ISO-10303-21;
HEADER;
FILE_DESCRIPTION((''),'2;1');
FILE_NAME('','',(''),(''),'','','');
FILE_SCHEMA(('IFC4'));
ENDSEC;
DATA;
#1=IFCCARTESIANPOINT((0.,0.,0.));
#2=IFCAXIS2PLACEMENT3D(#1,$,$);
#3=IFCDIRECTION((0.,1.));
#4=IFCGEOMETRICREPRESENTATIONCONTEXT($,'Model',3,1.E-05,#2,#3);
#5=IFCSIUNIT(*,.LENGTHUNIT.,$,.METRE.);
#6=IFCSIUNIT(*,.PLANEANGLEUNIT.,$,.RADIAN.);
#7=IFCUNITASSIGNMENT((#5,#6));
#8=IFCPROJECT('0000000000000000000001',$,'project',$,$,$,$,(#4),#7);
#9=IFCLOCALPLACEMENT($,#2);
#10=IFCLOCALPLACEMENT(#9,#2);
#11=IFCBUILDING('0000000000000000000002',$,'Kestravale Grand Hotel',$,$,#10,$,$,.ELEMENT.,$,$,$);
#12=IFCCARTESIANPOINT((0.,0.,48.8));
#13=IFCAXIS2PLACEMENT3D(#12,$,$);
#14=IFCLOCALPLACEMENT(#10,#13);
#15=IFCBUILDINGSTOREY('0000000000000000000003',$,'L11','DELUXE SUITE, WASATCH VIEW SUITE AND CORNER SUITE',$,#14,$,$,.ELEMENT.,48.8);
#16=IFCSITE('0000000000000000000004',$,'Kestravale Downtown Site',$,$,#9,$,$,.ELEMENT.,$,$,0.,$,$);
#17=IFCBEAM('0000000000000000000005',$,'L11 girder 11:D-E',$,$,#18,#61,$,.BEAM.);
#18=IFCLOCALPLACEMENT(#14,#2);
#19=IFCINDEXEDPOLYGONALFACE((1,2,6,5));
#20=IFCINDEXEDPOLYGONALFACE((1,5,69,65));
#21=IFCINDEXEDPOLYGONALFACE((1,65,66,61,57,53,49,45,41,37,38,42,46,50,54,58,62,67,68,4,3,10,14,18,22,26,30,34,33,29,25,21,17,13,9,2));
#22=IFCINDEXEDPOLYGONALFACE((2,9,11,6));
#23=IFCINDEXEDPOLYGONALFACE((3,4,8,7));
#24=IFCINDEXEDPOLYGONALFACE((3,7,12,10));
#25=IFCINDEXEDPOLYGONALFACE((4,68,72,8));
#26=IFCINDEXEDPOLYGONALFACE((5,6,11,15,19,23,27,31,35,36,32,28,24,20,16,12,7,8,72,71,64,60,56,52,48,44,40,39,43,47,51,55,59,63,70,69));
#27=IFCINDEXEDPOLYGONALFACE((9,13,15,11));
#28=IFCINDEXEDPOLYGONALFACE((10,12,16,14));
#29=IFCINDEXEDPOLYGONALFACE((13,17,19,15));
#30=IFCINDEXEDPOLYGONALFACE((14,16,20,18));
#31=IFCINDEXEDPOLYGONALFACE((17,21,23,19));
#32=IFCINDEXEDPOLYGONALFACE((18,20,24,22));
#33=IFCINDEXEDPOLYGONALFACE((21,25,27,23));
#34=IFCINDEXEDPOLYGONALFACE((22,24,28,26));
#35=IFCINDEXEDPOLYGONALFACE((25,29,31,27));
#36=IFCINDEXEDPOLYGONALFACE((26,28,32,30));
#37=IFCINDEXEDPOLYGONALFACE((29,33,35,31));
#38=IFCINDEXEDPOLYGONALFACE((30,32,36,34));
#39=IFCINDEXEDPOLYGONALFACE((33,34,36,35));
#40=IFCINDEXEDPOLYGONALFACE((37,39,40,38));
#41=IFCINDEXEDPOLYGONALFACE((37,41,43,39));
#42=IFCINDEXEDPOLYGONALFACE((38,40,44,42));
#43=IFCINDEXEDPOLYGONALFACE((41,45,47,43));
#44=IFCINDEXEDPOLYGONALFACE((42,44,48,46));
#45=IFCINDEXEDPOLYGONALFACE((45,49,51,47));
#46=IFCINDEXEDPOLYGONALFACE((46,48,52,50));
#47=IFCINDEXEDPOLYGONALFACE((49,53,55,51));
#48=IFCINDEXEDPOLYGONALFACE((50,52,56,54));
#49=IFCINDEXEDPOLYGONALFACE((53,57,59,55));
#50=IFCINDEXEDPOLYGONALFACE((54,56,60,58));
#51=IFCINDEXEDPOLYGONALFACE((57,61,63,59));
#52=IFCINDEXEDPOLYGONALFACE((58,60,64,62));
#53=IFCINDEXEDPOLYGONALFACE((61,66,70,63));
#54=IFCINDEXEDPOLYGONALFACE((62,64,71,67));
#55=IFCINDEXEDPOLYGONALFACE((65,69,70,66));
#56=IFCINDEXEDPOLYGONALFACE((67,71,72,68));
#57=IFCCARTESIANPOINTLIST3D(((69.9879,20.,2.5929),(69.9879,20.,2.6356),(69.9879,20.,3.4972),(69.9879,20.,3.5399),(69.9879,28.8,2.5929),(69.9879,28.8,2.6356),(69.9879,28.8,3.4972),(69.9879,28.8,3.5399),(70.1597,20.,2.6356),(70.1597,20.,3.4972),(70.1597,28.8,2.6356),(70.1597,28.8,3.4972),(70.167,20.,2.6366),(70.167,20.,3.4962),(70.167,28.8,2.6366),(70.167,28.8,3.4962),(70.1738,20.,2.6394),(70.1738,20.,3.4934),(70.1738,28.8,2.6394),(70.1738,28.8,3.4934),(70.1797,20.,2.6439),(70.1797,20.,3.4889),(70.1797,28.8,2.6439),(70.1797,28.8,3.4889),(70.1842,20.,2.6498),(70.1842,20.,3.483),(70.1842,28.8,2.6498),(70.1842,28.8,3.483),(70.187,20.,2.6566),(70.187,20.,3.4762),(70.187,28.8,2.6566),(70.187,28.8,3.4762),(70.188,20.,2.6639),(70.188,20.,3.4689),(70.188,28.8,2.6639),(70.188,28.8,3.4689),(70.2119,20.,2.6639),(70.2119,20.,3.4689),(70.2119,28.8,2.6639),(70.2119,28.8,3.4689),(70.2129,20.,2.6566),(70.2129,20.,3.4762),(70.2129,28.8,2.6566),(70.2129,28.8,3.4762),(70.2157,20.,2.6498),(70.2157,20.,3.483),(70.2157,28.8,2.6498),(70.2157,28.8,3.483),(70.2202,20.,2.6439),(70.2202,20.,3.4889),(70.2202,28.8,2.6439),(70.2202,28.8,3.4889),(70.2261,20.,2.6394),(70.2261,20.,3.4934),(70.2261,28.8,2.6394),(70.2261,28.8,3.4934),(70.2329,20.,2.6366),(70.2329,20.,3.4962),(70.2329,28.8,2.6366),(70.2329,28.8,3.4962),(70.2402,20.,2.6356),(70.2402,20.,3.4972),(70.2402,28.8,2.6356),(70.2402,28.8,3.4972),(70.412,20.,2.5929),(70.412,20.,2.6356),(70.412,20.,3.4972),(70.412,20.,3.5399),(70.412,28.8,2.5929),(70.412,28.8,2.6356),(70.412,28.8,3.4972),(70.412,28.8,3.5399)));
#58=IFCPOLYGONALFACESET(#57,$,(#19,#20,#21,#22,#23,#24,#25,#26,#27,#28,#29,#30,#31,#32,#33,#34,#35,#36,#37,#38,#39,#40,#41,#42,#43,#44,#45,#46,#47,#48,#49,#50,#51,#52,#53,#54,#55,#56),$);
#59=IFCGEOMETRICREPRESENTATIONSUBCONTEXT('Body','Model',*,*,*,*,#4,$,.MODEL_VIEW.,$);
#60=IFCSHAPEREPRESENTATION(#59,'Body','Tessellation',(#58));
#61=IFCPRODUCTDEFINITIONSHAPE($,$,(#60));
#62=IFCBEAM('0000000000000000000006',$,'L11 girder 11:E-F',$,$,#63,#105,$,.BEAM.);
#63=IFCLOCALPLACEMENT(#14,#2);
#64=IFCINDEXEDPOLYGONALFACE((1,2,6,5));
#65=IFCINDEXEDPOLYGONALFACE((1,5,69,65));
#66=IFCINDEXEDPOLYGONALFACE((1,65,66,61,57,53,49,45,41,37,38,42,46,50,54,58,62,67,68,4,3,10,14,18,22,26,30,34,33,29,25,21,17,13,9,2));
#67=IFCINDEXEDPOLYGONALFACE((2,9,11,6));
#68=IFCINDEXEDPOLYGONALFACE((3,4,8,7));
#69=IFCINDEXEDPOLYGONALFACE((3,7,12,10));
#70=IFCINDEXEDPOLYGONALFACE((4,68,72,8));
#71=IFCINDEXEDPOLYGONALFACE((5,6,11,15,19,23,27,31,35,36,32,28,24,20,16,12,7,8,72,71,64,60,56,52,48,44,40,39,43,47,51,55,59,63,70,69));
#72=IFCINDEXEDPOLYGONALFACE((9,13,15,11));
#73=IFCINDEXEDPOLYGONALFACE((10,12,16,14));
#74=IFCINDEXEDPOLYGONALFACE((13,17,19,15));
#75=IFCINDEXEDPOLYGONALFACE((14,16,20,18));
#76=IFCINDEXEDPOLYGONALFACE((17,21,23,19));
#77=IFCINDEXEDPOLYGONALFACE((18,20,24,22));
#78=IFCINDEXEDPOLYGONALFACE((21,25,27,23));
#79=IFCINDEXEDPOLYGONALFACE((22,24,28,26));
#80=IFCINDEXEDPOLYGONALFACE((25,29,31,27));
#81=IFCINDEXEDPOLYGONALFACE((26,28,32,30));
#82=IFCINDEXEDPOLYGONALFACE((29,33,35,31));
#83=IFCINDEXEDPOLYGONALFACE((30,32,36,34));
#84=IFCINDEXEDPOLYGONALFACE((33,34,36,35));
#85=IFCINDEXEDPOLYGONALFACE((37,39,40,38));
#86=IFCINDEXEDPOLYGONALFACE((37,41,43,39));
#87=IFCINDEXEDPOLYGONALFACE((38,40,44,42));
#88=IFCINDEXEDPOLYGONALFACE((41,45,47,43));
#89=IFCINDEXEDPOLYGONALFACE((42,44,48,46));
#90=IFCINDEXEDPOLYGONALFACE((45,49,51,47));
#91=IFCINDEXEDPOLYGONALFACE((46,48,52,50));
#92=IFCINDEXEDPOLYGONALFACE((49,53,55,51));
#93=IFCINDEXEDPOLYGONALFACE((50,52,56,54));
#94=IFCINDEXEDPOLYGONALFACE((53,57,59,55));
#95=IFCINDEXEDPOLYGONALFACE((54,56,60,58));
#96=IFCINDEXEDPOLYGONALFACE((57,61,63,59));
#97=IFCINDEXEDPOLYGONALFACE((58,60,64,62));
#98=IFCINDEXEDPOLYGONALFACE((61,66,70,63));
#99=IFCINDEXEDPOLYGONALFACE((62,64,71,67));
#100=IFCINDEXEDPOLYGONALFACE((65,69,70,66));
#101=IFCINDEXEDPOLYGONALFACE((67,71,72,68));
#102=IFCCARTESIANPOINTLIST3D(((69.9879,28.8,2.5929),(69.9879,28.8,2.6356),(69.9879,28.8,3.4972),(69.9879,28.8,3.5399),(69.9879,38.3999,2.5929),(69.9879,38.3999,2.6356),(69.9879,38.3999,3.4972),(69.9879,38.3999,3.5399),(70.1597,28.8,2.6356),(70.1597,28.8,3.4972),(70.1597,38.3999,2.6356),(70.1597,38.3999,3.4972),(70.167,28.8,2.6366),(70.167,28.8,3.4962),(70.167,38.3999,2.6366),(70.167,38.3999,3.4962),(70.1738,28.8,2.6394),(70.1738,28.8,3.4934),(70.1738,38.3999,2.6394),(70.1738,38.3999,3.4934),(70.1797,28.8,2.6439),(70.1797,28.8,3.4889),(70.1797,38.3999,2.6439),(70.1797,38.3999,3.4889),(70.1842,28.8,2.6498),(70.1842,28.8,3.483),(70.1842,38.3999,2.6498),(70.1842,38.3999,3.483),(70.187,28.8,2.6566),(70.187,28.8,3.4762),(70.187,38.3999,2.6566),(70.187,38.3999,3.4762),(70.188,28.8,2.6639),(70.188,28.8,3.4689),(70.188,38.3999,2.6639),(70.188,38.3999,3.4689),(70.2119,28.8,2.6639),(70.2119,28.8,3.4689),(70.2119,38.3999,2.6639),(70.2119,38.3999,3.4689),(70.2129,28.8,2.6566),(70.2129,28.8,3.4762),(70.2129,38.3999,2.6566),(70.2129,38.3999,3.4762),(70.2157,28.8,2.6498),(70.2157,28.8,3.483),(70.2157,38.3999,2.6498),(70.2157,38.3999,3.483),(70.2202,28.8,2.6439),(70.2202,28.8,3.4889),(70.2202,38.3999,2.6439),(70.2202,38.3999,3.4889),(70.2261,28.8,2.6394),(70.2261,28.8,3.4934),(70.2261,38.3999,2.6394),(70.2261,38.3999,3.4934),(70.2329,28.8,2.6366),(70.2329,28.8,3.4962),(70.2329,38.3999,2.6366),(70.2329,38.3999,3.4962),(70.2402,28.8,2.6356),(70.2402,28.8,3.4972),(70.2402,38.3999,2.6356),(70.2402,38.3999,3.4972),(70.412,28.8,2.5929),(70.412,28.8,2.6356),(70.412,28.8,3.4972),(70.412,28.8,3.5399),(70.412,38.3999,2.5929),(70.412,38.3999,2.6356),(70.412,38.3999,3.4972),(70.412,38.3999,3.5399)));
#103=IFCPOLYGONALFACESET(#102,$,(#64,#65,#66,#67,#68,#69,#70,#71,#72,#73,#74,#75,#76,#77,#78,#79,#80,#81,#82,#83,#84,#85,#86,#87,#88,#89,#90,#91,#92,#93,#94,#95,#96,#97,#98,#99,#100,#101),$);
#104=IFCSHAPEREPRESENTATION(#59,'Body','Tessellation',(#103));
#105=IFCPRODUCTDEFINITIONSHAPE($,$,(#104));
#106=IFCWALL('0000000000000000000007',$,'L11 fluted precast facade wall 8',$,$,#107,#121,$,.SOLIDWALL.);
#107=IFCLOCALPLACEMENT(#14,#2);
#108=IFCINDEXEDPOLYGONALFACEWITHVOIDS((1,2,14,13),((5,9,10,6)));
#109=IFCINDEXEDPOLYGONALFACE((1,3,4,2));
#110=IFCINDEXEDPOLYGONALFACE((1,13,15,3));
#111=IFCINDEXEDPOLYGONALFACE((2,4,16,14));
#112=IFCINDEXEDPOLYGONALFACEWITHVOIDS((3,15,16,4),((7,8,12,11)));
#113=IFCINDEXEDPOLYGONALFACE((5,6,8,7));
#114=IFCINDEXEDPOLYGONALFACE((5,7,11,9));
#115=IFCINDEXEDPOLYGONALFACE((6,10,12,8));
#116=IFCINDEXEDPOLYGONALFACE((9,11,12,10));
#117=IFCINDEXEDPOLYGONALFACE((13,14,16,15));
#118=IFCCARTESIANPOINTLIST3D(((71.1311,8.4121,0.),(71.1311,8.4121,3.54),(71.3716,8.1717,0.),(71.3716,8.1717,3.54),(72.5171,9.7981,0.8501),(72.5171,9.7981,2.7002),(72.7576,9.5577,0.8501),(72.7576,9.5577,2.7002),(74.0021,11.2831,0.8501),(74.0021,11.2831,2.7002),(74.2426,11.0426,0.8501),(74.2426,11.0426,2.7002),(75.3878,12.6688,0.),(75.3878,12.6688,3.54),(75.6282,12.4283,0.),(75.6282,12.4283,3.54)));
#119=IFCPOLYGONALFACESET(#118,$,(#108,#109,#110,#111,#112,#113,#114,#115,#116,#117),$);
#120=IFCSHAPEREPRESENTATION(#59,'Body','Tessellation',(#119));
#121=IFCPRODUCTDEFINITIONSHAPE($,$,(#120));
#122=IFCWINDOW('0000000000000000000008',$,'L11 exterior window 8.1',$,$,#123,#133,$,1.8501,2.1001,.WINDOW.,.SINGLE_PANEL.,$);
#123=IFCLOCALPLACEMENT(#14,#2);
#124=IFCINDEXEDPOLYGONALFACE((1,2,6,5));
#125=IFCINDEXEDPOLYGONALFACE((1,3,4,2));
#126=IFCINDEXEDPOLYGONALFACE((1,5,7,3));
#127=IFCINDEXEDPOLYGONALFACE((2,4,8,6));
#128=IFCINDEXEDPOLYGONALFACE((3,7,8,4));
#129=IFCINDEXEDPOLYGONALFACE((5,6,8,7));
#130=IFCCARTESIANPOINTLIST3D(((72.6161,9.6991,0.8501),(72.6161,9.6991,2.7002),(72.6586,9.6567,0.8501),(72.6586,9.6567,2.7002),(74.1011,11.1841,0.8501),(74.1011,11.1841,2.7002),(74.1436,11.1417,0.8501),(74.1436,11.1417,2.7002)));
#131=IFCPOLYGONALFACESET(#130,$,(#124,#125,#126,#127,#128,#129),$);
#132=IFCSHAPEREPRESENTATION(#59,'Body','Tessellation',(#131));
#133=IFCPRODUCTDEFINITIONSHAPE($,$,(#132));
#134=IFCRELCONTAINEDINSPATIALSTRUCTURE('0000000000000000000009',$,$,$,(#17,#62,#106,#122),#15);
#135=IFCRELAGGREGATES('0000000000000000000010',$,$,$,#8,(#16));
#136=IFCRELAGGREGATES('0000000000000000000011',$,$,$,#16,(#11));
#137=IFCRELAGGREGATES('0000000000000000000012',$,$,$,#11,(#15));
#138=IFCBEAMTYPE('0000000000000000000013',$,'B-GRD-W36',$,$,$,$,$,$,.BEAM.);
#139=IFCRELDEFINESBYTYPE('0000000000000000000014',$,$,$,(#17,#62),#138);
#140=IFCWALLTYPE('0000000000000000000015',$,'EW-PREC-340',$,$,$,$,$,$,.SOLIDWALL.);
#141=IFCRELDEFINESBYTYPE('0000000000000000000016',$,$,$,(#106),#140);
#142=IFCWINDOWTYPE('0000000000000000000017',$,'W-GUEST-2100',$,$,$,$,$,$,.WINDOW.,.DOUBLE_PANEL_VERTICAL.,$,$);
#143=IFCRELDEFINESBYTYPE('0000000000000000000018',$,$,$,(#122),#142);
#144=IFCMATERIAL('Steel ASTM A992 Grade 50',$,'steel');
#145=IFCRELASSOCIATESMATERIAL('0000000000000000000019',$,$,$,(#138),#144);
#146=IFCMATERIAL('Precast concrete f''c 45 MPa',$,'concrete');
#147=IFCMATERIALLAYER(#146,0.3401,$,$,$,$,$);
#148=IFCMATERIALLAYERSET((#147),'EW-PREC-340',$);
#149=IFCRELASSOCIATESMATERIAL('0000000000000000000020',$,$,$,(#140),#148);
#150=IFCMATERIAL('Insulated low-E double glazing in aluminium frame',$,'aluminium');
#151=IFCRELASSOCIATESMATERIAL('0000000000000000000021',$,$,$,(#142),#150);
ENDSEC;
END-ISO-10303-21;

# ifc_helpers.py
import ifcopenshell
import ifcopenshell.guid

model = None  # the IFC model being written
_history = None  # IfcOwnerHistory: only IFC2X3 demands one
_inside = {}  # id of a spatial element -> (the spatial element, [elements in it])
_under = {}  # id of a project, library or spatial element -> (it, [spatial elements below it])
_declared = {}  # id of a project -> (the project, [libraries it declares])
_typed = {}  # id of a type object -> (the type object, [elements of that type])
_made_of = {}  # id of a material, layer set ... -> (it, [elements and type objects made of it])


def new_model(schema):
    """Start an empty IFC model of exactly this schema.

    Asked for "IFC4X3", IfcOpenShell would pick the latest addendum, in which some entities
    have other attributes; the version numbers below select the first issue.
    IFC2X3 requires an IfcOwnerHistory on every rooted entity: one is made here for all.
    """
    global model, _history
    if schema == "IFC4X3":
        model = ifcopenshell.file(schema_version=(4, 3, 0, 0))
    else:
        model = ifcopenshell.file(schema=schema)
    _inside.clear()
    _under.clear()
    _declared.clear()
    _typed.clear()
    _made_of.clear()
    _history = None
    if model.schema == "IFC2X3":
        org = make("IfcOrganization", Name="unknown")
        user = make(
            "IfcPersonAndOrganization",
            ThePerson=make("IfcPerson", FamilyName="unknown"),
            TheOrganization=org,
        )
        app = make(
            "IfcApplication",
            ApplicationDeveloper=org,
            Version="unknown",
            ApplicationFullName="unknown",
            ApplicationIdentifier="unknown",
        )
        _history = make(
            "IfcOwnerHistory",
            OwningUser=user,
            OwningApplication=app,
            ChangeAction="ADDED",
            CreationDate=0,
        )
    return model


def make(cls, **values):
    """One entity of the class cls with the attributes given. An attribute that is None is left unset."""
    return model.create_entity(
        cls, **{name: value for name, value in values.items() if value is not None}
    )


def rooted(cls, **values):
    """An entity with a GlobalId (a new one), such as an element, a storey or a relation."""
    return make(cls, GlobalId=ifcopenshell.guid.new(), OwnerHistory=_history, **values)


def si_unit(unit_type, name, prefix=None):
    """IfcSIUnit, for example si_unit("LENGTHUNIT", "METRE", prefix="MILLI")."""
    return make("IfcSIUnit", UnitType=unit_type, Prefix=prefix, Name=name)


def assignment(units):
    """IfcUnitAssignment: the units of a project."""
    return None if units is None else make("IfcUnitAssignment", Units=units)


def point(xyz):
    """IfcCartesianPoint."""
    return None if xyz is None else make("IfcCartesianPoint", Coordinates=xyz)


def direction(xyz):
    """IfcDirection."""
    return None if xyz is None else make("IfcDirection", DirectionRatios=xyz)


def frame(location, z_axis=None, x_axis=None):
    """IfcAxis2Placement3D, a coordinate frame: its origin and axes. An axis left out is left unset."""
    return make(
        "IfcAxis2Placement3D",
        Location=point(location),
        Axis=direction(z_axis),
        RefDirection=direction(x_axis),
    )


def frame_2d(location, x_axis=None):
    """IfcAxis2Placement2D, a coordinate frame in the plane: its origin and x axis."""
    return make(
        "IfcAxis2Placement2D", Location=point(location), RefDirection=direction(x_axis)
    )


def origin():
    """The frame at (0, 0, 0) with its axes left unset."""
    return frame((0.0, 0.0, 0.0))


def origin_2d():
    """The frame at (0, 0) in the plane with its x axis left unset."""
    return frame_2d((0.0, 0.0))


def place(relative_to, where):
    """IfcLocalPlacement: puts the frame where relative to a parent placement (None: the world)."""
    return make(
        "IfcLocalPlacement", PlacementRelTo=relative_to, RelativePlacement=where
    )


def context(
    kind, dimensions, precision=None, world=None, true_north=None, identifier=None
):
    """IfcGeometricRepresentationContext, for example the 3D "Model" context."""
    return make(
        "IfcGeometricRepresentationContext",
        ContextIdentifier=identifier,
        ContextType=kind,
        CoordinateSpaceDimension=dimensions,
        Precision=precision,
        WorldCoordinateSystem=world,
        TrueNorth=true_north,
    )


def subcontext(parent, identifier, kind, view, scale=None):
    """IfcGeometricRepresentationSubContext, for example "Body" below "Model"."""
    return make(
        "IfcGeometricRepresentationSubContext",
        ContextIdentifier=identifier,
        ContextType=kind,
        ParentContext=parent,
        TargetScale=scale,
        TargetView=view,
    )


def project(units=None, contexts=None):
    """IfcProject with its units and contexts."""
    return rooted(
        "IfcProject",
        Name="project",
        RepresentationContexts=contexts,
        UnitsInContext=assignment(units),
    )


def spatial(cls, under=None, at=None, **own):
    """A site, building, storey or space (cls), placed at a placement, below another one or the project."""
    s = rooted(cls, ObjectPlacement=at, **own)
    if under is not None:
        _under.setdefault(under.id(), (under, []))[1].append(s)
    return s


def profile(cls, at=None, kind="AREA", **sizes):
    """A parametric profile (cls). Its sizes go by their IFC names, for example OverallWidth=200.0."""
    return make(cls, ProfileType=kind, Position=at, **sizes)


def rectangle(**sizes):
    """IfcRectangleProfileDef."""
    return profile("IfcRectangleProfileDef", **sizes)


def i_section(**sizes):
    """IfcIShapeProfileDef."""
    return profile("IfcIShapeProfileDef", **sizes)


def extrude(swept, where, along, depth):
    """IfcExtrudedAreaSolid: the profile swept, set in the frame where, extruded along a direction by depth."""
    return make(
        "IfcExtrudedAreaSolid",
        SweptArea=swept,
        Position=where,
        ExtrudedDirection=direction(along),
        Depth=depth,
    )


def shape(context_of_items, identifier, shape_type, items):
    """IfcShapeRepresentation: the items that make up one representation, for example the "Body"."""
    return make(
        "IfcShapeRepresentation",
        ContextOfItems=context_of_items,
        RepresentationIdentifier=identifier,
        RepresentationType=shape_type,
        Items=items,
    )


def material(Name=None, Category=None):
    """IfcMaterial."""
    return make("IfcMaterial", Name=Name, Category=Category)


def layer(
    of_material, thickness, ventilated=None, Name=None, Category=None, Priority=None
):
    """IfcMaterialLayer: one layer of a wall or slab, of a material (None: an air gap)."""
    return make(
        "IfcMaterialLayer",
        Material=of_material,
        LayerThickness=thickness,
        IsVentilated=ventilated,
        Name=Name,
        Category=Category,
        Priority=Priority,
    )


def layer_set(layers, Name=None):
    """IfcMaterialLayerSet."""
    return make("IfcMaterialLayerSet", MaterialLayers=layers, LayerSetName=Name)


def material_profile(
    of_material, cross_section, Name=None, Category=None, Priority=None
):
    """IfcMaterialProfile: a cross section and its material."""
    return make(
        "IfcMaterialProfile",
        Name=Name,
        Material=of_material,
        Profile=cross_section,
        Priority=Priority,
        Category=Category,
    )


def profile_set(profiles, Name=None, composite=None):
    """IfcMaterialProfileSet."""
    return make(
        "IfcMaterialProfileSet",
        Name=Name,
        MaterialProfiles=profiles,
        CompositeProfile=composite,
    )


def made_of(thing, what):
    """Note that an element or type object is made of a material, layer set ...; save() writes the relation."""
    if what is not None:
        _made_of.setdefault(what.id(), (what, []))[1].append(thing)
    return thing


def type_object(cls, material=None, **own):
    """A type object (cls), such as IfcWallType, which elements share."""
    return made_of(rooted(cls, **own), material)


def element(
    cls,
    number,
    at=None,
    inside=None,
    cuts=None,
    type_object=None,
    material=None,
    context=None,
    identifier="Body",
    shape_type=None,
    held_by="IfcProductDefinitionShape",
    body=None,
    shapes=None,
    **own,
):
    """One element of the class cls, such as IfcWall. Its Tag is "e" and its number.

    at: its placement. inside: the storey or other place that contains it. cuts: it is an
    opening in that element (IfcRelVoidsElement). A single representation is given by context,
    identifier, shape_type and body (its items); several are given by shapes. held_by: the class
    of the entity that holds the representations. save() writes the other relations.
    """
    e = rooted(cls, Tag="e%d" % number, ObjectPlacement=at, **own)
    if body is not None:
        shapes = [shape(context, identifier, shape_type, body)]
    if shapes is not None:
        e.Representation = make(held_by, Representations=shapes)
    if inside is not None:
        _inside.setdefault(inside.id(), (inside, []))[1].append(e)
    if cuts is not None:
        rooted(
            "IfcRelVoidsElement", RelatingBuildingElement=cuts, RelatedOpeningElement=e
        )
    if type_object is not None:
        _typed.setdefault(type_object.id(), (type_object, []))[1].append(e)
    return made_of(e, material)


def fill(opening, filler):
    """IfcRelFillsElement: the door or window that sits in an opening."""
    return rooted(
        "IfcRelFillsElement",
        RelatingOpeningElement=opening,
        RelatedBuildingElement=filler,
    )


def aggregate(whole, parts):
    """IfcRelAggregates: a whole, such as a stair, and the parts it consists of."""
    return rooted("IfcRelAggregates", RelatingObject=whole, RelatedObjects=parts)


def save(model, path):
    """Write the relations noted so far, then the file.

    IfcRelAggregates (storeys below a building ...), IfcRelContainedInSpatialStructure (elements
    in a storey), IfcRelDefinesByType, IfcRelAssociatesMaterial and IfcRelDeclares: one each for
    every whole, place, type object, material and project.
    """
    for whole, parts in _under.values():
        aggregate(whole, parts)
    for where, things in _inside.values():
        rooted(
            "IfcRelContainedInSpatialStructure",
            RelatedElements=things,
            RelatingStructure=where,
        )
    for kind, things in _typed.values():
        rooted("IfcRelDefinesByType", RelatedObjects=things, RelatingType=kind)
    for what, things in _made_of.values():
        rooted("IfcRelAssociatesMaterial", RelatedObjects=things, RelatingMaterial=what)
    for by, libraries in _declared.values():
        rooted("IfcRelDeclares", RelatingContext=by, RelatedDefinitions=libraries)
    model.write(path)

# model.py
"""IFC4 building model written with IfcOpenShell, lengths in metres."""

from ifc_helpers import new_model, si_unit, direction, frame, frame_2d, origin, origin_2d, place, context, subcontext, project, spatial, rectangle, i_section, extrude, material, layer, layer_set, material_profile, profile_set, type_object, element, fill, save


model = new_model("IFC4")

# Units and contexts
model_context = context("Model", 3, precision=1e-05, world=origin(), true_north=direction((0.0, 1.0)))
body_context = subcontext(model_context, "Body", "Model", "MODEL_VIEW")
ifc_project = project(units=[si_unit("LENGTHUNIT", "METRE"), si_unit("PLANEANGLEUNIT", "RADIAN")], contexts=[model_context])

# Site, building, storey
site_placement = place(None, origin())
site = spatial("IfcSite", under=ifc_project, at=site_placement, Name="Kestravale Downtown Site", CompositionType="ELEMENT", RefElevation=0.0)
building_placement = place(site_placement, origin())
building = spatial("IfcBuilding", under=site, at=building_placement, Name="Kestravale Grand Hotel", CompositionType="ELEMENT")
storey_placement = place(building_placement, frame((0.0, 0.0, 48.8)))
storey = spatial("IfcBuildingStorey", under=building, at=storey_placement, Name="L11", Description="DELUXE SUITE, WASATCH VIEW SUITE AND CORNER SUITE", CompositionType="ELEMENT", Elevation=48.8)

# Beams
ifc_material_1 = material(Name="Steel ASTM A992 Grade 50", Category="steel")
ifc_material_profile_1 = material_profile(ifc_material_1, i_section(OverallWidth=0.4241, OverallDepth=0.947, WebThickness=0.0239, FlangeThickness=0.0427, FilletRadius=0.0283, at=origin_2d()))
ifc_profile_set_1 = profile_set([ifc_material_profile_1], Name="Steel ASTM A992 Grade 50")
beam_type_1 = type_object("IfcBeamType", Name="B-GRD-W36", PredefinedType="BEAM", material=ifc_profile_set_1)
beam_1_placement = place(storey_placement, frame((70.2, 20.0, 3.0664), z_axis=(0.0, 1.0, 0.0), x_axis=(-1.0, 0.0, 0.0)))
element("IfcBeam", 1, at=beam_1_placement, inside=storey, type_object=beam_type_1, Name="L11 girder 11:D-E", PredefinedType="BEAM", context=body_context, shape_type="SweptSolid", body=[
    extrude(i_section(OverallWidth=0.4241, OverallDepth=0.947, WebThickness=0.0239, FlangeThickness=0.0427, FilletRadius=0.0283, at=origin_2d()), origin(), (0.0, 0.0, 1.0), 8.8),
])
beam_2_placement = place(storey_placement, frame((70.2, 28.8, 3.0664), z_axis=(0.0, 1.0, 0.0), x_axis=(-1.0, 0.0, 0.0)))
element("IfcBeam", 2, at=beam_2_placement, inside=storey, type_object=beam_type_1, Name="L11 girder 11:E-F", PredefinedType="BEAM", context=body_context, shape_type="SweptSolid", body=[
    extrude(i_section(OverallWidth=0.4241, OverallDepth=0.947, WebThickness=0.0239, FlangeThickness=0.0427, FilletRadius=0.0283, at=origin_2d()), origin(), (0.0, 0.0, 1.0), 9.5999),
])

# Wall, opening, window
ifc_material_2 = material(Name="Precast concrete f'c 45 MPa", Category="concrete")
ifc_layer_1 = layer(ifc_material_2, 0.3401)
ifc_layer_set_1 = layer_set([ifc_layer_1], Name="EW-PREC-340")
wall_type_1 = type_object("IfcWallType", Name="EW-PREC-340", PredefinedType="SOLIDWALL", material=ifc_layer_set_1)
wall_1_placement = place(storey_placement, frame((71.2515, 8.292, 0.0), z_axis=(0.0, 0.0, 1.0), x_axis=(0.707107, 0.707107, 0.0)))
wall_1 = element("IfcWall", 3, at=wall_1_placement, inside=storey, type_object=wall_type_1, Name="L11 fluted precast facade wall 8", PredefinedType="SOLIDWALL", context=body_context, shape_type="SweptSolid", body=[
    extrude(rectangle(XDim=6.0198, YDim=0.3401, at=frame_2d((3.0098, 0.0))), origin(), (0.0, 0.0, 1.0), 3.54),
])
opening_1_placement = place(wall_1_placement, frame((1.96, 0.0, 0.8501)))
opening_1 = element("IfcOpeningElement", 4, at=opening_1_placement, cuts=wall_1, PredefinedType="OPENING", context=body_context, shape_type="SweptSolid", body=[
    extrude(rectangle(XDim=2.1001, YDim=1.8501, at=frame_2d((1.05, 0.925))), frame((0.0, 0.1799, 0.0), z_axis=(0.0, -1.0, 0.0), x_axis=(1.0, 0.0, 0.0)), (0.0, 0.0, 1.0), 0.3601),
])
ifc_material_3 = material(Name="Insulated low-E double glazing in aluminium frame", Category="aluminium")
window_type = type_object("IfcWindowType", Name="W-GUEST-2100", PartitioningType="DOUBLE_PANEL_VERTICAL", PredefinedType="WINDOW", material=ifc_material_3)
window_1_placement = place(opening_1_placement, origin())
window_1 = element("IfcWindow", 5, at=window_1_placement, inside=storey, type_object=window_type, Name="L11 exterior window 8.1", OverallHeight=1.8501, OverallWidth=2.1001, PartitioningType="SINGLE_PANEL", PredefinedType="WINDOW", context=body_context, shape_type="SweptSolid", body=[
    extrude(rectangle(XDim=2.1001, YDim=1.8501, at=frame_2d((1.05, 0.925))), frame((0.0, 0.03, 0.0), z_axis=(0.0, -1.0, 0.0), x_axis=(1.0, 0.0, 0.0)), (0.0, 0.0, 1.0), 0.0601),
])
fill(opening_1, window_1)

save(model, "model.ifc")
